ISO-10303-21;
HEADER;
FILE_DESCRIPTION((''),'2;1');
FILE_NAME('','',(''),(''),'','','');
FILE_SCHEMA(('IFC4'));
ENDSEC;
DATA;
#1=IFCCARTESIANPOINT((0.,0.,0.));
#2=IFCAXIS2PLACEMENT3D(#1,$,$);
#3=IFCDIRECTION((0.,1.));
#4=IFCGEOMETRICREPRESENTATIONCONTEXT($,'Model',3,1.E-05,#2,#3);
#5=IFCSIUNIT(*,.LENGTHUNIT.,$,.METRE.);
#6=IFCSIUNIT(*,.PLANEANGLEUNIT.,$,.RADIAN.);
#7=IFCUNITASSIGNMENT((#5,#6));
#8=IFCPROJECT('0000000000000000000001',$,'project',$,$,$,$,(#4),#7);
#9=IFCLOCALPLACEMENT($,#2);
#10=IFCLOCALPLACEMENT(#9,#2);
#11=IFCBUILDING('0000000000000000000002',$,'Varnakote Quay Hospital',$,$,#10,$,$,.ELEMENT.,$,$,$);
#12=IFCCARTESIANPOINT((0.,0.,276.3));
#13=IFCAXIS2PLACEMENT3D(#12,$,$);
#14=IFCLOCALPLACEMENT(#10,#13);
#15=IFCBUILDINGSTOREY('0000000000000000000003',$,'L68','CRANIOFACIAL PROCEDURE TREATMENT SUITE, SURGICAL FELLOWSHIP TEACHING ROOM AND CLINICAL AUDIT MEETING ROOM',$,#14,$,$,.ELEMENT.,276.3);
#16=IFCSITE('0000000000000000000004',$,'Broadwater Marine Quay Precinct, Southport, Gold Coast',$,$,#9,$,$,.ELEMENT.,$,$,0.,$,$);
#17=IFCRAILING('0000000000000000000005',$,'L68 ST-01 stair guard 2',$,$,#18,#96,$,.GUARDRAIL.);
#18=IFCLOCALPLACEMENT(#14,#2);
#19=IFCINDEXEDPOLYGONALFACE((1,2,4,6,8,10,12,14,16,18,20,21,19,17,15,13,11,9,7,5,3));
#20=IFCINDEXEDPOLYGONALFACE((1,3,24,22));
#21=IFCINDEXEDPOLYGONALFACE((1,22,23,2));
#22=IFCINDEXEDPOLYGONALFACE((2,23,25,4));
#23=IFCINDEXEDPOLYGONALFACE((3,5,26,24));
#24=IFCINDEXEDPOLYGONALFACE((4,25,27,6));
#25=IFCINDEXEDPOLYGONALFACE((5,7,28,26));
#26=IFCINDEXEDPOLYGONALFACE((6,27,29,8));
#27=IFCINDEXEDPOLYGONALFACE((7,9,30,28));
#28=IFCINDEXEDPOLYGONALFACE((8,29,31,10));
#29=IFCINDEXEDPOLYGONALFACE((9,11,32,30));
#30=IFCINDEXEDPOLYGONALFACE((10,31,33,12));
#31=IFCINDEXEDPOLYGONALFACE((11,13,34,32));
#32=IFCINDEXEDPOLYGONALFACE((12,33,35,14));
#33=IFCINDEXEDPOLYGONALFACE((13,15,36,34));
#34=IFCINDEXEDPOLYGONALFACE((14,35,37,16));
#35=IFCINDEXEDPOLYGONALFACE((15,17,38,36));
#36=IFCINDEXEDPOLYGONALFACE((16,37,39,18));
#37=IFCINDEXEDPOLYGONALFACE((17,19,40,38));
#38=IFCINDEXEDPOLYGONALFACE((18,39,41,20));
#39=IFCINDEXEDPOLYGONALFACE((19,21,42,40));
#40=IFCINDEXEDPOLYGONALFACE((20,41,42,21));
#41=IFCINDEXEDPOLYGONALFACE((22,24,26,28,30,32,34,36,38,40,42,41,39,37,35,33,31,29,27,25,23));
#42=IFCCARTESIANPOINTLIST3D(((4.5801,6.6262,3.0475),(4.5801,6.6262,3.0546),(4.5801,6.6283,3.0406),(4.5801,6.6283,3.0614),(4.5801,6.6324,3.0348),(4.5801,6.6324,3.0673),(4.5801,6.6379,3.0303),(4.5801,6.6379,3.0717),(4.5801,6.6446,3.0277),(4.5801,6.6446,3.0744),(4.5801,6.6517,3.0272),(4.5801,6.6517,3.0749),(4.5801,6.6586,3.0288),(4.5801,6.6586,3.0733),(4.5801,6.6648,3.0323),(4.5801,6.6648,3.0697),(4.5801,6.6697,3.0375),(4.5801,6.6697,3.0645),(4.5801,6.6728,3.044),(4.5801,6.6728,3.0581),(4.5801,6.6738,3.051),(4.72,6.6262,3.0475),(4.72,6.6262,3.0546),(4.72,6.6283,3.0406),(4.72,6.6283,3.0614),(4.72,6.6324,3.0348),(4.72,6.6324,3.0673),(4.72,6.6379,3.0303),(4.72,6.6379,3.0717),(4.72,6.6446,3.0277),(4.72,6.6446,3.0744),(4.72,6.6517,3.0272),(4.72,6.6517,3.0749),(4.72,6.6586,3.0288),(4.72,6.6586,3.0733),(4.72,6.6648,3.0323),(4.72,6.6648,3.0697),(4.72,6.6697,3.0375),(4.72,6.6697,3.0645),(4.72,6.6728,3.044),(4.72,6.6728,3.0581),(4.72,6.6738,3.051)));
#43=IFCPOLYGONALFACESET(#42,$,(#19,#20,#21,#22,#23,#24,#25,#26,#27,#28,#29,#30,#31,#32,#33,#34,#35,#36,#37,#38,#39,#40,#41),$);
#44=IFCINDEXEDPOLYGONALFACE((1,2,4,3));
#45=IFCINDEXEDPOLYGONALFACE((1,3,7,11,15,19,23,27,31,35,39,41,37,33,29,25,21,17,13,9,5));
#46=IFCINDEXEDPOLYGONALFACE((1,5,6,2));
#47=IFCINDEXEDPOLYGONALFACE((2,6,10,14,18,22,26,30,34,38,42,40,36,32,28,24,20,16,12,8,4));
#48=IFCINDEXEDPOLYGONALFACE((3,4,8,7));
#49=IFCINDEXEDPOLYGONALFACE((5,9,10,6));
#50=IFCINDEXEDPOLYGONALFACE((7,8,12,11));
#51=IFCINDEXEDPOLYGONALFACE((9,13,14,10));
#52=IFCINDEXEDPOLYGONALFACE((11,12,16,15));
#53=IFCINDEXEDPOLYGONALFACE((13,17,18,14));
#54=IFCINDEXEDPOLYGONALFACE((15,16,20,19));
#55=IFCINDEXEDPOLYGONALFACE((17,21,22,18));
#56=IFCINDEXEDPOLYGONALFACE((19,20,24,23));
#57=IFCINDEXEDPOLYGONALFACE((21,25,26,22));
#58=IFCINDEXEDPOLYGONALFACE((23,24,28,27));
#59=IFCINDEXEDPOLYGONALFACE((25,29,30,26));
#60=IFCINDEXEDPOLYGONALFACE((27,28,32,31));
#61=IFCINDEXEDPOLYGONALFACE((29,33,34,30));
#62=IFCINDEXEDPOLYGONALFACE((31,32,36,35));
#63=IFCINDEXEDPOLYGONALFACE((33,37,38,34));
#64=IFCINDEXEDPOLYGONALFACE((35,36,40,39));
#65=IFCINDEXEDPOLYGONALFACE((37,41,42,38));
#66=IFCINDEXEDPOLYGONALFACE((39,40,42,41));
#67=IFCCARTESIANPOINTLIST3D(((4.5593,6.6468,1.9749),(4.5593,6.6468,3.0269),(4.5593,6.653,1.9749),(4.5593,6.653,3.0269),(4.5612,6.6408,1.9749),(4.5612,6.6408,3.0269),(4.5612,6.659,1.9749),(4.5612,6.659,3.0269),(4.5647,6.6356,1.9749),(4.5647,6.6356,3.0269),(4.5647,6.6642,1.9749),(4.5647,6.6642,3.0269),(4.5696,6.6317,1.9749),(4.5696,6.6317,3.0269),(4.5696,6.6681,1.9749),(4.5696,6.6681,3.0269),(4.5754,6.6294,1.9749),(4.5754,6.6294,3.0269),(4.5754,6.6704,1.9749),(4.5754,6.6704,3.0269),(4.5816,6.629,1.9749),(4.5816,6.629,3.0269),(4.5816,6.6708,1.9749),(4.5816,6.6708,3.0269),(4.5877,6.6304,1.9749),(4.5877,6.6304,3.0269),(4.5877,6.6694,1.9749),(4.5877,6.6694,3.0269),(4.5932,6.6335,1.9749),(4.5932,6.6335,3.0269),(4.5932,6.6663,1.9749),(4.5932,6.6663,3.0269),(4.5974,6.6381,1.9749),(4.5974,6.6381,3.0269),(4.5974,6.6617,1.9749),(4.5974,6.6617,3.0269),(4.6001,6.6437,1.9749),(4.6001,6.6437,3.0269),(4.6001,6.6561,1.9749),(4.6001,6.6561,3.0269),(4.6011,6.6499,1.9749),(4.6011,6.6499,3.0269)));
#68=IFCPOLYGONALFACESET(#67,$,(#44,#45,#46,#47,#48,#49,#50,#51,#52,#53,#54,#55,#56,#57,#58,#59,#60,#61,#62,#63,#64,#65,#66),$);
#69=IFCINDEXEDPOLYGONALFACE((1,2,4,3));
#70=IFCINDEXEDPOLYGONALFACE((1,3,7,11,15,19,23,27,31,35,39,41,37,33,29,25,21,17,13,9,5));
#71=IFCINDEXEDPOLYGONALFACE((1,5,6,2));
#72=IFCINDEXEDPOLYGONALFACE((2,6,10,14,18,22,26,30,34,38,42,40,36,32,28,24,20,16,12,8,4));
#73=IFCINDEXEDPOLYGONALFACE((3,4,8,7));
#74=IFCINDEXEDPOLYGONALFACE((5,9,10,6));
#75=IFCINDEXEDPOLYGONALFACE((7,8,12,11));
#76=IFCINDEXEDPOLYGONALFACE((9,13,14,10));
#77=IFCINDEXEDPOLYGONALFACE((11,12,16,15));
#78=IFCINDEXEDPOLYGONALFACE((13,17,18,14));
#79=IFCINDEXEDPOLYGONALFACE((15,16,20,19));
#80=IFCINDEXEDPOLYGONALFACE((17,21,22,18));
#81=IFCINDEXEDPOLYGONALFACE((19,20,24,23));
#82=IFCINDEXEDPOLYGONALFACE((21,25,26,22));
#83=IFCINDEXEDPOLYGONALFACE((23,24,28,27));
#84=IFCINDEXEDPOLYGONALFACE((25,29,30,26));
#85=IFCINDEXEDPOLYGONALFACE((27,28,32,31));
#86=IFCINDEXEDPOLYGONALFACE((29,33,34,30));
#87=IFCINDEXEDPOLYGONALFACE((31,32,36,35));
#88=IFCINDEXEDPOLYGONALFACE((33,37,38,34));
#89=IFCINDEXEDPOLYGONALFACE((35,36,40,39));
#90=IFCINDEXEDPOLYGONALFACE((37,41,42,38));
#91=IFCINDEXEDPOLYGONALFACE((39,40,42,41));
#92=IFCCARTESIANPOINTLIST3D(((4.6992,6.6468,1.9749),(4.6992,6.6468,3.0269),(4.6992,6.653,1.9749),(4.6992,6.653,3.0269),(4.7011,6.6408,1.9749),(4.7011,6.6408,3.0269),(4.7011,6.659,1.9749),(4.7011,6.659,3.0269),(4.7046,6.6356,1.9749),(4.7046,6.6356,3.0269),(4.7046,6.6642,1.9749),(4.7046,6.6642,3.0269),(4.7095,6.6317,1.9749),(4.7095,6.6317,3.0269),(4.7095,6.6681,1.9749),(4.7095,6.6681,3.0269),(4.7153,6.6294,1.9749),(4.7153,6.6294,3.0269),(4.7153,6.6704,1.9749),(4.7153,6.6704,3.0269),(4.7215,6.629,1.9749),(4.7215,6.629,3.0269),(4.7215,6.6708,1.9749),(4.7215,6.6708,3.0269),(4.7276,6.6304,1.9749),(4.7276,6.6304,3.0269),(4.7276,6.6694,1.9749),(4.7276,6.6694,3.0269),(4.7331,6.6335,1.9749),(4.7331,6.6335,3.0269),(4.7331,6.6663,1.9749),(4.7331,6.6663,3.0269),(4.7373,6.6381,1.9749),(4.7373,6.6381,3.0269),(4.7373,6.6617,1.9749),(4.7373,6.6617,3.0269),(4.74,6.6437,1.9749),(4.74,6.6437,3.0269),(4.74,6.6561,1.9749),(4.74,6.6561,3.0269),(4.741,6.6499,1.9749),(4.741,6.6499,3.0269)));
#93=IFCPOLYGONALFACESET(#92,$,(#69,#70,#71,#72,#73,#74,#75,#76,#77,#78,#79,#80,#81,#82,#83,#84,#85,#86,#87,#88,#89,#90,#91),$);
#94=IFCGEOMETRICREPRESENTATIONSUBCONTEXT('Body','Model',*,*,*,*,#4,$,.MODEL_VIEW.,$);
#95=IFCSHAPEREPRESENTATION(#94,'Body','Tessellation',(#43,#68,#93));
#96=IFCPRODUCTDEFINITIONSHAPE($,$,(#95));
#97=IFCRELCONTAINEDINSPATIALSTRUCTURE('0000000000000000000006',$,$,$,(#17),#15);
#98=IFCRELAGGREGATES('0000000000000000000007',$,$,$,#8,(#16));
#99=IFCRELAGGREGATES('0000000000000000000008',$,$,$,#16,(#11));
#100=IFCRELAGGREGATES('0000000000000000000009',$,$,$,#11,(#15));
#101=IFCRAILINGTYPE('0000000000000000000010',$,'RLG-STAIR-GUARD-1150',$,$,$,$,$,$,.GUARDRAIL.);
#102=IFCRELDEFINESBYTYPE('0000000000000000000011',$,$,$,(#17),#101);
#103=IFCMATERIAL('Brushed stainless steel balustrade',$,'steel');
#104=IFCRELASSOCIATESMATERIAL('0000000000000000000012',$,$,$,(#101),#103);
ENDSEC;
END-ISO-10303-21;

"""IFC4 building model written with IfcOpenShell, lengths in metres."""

from ifc_helpers import new_model, si_unit, direction, frame, origin, origin_2d, place, context, subcontext, project, spatial, circle, extrude, material, type_object, element, save


model = new_model("IFC4")

# Units and contexts
model_context = context("Model", 3, precision=1e-05, world=origin(), true_north=direction((0.0, 1.0)))
body_context = subcontext(model_context, "Body", "Model", "MODEL_VIEW")
ifc_project = project(units=[si_unit("LENGTHUNIT", "METRE"), si_unit("PLANEANGLEUNIT", "RADIAN")], contexts=[model_context])

# Site, building, storey
site_placement = place(None, origin())
site = spatial("IfcSite", under=ifc_project, at=site_placement, Name="Broadwater Marine Quay Precinct, Southport, Gold Coast", CompositionType="ELEMENT", RefElevation=0.0)
building_placement = place(site_placement, origin())
building = spatial("IfcBuilding", under=site, at=building_placement, Name="Varnakote Quay Hospital", CompositionType="ELEMENT")
storey_placement = place(building_placement, frame((0.0, 0.0, 276.3)))
storey = spatial("IfcBuildingStorey", under=building, at=storey_placement, Name="L68", Description="CRANIOFACIAL PROCEDURE TREATMENT SUITE, SURGICAL FELLOWSHIP TEACHING ROOM AND CLINICAL AUDIT MEETING ROOM", CompositionType="ELEMENT", Elevation=276.3)

# Railing
ifc_material_1 = material(Name="Brushed stainless steel balustrade", Category="steel")
railing_type_1 = type_object("IfcRailingType", Name="RLG-STAIR-GUARD-1150", PredefinedType="GUARDRAIL", material=ifc_material_1)
railing_1_placement = place(storey_placement, frame((4.5801, 6.6499, 1.9749)))
element("IfcRailing", 1, at=railing_1_placement, inside=storey, type_object=railing_type_1, Name="L68 ST-01 stair guard 2", PredefinedType="GUARDRAIL", context=body_context, shape_type="SweptSolid", body=[
    extrude(circle(Radius=0.0239, at=origin_2d()), frame((0.0, 0.0, 1.0762), z_axis=(1.0, 0.0, 0.0), x_axis=(0.0, 1.0, 0.0)), (0.0, 0.0, 1.0), 0.1399),
    extrude(circle(Radius=0.021, at=origin_2d()), origin(), (0.0, 0.0, 1.0), 1.052),
    extrude(circle(Radius=0.021, at=origin_2d()), frame((0.1399, 0.0, 0.0)), (0.0, 0.0, 1.0), 1.052),
])

save(model, "model.ifc")
